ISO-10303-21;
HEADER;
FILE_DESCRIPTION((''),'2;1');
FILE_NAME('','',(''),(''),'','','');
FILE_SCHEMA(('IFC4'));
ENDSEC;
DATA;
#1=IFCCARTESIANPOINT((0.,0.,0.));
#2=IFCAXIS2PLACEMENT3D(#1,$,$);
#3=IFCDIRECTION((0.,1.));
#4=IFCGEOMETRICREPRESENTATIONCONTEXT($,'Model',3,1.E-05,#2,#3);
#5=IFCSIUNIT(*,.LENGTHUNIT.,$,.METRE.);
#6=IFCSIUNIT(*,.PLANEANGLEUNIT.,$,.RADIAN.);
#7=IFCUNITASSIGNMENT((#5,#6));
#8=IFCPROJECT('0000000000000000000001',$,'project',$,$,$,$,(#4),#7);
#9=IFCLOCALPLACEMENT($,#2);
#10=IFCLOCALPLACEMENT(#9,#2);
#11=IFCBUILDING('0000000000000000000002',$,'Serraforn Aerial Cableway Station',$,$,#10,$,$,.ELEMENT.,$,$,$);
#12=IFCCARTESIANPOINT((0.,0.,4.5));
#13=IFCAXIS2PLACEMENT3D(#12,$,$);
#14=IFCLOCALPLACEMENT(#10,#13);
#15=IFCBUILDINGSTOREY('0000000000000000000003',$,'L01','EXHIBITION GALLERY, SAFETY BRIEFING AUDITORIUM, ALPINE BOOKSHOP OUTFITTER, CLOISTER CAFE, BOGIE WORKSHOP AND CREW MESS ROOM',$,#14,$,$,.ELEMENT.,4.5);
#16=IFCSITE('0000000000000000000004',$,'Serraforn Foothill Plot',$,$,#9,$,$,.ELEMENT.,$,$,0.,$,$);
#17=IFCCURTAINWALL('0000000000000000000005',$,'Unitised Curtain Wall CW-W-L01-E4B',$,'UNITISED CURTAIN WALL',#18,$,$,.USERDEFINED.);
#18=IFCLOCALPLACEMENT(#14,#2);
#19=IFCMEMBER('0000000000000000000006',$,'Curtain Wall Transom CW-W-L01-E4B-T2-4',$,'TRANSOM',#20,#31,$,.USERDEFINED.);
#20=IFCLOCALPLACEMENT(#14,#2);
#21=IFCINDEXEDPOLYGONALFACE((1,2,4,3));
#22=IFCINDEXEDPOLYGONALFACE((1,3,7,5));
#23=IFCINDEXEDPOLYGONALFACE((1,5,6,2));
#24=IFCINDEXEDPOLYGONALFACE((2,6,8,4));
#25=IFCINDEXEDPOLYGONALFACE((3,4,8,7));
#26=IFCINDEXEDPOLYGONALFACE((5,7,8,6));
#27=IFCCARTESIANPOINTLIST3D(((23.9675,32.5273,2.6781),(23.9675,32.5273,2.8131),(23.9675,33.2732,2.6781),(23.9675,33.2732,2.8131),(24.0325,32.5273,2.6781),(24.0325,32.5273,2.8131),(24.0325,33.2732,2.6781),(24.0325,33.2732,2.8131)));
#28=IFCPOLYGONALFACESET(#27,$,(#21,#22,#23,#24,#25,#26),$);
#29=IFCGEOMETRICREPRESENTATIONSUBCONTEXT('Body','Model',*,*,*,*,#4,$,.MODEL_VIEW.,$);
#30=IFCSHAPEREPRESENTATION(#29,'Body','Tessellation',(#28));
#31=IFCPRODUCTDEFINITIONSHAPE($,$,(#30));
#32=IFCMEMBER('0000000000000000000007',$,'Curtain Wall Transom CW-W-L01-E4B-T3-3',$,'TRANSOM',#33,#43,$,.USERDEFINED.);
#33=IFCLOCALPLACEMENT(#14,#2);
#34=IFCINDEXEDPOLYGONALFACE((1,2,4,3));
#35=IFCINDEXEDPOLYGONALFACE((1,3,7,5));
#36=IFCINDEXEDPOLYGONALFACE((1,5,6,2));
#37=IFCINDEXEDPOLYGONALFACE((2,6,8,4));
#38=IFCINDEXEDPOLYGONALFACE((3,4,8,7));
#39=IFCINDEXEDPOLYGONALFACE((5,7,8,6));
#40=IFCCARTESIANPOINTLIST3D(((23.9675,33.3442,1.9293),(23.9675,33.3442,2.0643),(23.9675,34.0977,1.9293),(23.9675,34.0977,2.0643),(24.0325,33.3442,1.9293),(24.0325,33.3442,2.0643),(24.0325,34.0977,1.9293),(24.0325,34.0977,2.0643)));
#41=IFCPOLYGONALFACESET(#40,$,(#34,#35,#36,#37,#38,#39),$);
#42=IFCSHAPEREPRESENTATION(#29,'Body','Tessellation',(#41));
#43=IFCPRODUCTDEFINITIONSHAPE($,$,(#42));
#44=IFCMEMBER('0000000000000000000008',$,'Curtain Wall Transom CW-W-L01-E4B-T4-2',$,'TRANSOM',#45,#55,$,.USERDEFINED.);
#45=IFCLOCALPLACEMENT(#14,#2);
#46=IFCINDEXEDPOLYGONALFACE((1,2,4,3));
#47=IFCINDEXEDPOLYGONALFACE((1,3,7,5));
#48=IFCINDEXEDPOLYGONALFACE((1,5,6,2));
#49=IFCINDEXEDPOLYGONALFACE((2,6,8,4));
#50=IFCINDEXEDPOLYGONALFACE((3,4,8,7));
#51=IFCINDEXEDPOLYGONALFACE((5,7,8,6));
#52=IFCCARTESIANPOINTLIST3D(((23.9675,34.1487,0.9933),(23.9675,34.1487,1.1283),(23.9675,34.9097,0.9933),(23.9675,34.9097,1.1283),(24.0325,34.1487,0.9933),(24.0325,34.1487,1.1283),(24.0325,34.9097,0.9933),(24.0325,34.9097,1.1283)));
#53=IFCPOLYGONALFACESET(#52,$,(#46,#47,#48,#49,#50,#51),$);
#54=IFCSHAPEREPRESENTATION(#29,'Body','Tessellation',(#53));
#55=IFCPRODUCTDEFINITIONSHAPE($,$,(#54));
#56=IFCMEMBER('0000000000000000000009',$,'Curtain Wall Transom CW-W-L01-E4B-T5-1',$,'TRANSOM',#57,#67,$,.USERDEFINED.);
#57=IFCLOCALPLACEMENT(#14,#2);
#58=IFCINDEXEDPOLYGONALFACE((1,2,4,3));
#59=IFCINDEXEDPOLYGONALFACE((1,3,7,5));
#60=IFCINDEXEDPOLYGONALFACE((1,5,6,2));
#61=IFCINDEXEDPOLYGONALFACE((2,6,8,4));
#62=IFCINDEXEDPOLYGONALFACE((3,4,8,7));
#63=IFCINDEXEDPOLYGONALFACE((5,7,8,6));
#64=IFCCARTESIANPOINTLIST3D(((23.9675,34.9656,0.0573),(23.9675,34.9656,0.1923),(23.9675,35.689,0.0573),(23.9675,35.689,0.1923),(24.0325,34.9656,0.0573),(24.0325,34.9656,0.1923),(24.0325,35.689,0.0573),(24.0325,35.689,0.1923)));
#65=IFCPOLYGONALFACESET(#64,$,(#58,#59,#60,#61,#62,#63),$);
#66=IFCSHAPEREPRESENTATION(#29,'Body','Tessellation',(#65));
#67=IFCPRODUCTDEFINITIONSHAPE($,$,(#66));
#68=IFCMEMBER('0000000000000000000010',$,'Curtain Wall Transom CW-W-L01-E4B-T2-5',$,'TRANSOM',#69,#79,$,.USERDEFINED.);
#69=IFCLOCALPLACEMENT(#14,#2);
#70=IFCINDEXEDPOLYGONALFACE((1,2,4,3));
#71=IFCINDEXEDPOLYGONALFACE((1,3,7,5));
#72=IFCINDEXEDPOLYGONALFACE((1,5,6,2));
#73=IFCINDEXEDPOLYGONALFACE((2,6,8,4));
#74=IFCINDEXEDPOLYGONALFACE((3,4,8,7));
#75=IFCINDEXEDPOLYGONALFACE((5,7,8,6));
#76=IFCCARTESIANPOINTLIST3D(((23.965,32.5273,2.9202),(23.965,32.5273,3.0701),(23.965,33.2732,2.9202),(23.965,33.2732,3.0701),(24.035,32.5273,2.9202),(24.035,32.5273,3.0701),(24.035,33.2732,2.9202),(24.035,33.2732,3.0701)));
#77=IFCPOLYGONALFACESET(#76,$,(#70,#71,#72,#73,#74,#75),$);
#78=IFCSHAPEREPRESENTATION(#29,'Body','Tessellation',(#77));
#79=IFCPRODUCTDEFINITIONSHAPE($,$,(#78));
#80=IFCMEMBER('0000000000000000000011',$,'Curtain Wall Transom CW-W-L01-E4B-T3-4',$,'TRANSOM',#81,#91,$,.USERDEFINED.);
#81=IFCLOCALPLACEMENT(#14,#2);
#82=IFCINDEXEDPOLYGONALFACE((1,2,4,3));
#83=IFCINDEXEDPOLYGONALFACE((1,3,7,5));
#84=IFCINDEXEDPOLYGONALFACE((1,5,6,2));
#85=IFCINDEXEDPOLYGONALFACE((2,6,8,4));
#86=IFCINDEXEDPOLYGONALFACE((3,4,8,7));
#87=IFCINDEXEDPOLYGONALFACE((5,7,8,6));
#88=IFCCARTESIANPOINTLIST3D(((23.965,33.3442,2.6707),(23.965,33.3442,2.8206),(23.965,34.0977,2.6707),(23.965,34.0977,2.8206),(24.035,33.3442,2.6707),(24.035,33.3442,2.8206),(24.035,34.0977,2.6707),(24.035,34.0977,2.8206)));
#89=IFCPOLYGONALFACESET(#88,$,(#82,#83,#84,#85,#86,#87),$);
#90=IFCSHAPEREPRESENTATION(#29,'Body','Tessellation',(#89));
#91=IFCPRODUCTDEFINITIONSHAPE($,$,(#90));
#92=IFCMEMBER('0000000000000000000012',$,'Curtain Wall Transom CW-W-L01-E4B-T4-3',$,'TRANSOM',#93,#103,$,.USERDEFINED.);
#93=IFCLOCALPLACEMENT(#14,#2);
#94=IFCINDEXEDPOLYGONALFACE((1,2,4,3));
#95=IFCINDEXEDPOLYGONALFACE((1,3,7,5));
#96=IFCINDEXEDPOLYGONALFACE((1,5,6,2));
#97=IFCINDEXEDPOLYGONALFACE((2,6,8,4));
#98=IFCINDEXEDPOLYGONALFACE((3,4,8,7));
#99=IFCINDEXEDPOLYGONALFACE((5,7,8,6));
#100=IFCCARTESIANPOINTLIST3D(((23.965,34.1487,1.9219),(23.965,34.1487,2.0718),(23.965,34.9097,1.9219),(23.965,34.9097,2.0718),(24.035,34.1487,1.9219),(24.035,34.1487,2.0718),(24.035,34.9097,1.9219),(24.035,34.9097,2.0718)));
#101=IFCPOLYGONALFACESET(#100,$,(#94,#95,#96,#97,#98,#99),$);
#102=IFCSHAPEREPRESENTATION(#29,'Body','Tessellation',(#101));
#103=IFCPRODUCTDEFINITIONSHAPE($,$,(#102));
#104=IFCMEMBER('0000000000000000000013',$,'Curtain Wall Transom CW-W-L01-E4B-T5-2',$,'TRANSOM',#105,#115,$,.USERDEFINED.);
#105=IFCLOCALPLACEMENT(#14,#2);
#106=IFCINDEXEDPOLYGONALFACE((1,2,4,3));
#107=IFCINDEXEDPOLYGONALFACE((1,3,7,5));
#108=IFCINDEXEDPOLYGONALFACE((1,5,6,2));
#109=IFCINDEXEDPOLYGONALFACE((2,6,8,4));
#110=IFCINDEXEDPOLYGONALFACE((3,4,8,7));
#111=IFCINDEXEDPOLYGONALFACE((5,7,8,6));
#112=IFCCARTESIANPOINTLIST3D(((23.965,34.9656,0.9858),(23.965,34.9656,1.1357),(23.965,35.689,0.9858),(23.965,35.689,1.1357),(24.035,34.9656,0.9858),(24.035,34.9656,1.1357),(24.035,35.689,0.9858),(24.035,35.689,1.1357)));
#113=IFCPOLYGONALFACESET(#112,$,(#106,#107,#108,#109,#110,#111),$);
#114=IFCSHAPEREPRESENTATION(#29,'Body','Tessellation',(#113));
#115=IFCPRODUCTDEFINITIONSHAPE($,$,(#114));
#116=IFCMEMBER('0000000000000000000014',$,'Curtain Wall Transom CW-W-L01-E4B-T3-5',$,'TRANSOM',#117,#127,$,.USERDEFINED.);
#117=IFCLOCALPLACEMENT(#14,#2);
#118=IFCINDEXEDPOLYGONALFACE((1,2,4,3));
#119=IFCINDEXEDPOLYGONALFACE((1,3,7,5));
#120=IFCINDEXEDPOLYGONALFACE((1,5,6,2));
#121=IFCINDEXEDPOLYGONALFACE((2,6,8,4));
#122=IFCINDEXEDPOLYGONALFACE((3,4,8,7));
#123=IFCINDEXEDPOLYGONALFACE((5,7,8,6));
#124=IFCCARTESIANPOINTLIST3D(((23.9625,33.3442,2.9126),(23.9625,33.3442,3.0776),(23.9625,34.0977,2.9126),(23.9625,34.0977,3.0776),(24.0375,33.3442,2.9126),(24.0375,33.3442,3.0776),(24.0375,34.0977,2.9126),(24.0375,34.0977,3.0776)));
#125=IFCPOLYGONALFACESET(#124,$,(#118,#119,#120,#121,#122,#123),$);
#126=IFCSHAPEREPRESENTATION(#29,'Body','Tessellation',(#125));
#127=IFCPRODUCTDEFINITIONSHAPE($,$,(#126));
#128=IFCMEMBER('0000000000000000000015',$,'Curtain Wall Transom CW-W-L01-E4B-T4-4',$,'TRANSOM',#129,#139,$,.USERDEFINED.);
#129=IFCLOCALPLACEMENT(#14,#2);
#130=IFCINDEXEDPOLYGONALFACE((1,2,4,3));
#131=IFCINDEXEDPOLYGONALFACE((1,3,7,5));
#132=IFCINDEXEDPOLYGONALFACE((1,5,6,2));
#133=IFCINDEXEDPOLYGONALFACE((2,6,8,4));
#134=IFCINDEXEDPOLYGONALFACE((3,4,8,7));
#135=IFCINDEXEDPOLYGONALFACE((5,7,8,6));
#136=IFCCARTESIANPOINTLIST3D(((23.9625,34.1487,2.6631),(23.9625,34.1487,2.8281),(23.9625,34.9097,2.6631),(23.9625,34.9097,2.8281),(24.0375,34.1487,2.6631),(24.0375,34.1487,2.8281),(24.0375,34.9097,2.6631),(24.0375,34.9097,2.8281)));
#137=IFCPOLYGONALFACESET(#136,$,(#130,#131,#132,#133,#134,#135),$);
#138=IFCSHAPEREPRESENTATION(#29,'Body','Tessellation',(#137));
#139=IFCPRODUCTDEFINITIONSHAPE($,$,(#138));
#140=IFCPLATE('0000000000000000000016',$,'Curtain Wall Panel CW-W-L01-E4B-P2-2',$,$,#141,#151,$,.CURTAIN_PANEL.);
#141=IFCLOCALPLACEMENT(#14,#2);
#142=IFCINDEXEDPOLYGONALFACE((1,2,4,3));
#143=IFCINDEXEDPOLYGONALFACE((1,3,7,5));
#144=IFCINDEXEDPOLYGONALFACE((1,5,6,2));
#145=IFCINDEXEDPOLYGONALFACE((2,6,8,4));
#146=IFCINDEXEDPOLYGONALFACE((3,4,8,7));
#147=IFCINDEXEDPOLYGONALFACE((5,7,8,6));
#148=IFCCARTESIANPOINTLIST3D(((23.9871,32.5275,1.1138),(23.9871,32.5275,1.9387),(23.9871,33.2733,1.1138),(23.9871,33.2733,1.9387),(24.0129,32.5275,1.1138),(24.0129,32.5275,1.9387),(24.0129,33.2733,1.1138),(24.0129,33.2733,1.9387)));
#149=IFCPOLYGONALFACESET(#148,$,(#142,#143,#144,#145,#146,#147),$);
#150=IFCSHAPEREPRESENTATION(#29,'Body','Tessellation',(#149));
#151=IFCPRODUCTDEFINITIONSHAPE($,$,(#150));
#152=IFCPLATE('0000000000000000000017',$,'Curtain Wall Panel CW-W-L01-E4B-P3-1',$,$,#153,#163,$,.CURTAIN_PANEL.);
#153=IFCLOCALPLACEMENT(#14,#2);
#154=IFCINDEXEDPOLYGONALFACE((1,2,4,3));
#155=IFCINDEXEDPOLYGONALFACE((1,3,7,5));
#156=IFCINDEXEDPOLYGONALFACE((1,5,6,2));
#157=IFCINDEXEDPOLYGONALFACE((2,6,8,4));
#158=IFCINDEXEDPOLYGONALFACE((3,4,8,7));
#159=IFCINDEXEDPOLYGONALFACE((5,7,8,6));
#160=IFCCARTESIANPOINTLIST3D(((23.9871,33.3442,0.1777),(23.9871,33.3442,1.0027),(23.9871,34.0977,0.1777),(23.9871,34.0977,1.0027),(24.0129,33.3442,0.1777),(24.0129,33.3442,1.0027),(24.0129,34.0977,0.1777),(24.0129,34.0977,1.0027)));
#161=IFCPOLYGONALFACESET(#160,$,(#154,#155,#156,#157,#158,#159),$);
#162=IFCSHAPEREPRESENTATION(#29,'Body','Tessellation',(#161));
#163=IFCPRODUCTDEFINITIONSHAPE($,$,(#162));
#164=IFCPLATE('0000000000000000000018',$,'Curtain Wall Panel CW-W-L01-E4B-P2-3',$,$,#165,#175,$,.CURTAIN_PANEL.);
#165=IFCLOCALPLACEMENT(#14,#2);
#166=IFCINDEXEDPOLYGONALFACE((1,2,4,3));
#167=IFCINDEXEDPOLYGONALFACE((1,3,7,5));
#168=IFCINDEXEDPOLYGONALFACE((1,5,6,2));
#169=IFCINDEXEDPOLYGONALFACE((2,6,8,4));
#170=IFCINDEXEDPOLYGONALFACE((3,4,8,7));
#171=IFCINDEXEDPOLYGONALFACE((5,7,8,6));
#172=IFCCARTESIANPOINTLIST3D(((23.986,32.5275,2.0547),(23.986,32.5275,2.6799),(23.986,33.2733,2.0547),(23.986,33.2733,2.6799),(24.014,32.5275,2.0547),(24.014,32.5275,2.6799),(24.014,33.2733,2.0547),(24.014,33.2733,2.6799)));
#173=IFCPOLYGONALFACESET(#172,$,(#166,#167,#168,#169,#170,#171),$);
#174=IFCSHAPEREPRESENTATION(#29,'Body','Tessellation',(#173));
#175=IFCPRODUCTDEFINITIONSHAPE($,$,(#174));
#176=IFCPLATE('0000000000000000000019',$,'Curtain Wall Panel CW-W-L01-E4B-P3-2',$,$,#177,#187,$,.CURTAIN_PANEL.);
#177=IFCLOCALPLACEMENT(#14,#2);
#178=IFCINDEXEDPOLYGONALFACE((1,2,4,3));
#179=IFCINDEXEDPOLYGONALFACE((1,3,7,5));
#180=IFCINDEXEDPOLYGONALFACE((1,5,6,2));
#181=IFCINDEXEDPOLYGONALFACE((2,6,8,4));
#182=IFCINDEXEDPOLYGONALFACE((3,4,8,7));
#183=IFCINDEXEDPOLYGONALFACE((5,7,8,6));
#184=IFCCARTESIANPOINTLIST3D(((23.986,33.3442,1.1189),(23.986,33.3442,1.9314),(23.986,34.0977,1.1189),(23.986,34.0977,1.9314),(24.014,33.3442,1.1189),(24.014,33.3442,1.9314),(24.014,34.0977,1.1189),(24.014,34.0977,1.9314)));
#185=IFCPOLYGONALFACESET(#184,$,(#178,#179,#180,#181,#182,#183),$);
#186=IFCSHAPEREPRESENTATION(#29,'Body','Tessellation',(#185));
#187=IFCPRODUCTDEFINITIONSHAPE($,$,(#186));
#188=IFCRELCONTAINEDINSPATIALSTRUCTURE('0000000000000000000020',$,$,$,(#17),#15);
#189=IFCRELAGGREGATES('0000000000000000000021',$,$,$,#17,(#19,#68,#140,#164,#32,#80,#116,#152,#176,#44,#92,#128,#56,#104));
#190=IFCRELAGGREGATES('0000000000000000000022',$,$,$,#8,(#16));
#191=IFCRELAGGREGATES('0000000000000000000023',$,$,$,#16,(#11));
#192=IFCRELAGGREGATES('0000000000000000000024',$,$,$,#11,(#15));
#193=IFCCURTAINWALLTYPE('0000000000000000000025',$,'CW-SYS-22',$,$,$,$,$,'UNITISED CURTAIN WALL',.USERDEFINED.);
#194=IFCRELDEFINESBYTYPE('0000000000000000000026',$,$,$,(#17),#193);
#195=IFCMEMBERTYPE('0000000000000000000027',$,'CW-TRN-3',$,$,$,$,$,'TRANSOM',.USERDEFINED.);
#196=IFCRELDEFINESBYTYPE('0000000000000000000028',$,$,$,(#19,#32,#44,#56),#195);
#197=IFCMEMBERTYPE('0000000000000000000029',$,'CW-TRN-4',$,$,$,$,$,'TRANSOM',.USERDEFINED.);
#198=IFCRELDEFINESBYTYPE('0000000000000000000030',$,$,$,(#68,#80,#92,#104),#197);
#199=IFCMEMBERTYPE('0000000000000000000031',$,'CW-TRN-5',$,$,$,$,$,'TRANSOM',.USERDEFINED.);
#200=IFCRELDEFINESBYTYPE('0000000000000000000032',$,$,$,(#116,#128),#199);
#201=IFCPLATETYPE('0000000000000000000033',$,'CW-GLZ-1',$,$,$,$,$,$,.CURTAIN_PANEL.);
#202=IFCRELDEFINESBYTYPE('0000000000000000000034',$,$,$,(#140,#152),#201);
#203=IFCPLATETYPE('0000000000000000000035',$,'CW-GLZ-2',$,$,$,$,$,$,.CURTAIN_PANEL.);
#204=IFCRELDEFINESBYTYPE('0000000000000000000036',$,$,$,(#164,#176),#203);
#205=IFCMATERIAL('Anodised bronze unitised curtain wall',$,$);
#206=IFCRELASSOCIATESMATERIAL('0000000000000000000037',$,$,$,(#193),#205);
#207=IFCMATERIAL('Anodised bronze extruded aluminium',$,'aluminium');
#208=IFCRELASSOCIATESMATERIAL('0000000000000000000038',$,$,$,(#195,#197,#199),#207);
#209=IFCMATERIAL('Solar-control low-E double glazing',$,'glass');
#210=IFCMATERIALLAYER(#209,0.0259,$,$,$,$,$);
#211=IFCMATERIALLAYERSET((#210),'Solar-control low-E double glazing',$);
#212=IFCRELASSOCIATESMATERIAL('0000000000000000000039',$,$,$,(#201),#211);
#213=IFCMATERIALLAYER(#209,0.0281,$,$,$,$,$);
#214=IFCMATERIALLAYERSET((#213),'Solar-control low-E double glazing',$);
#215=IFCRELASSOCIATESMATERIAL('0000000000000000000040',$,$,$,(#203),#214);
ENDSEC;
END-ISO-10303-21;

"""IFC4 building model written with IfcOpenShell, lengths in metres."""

from ifc_helpers import new_model, si_unit, direction, frame, origin, origin_2d, place, context, subcontext, project, spatial, rectangle, extrude, material, layer, layer_set, material_profile, profile_set, type_object, element, aggregate, save


model = new_model("IFC4")

# Units and contexts
model_context = context("Model", 3, precision=1e-05, world=origin(), true_north=direction((0.0, 1.0)))
body_context = subcontext(model_context, "Body", "Model", "MODEL_VIEW")
ifc_project = project(units=[si_unit("LENGTHUNIT", "METRE"), si_unit("PLANEANGLEUNIT", "RADIAN")], contexts=[model_context])

# Site, building, storey
site_placement = place(None, origin())
site = spatial("IfcSite", under=ifc_project, at=site_placement, Name="Serraforn Foothill Plot", CompositionType="ELEMENT", RefElevation=0.0)
building_placement = place(site_placement, origin())
building = spatial("IfcBuilding", under=site, at=building_placement, Name="Serraforn Aerial Cableway Station", CompositionType="ELEMENT")
storey_placement = place(building_placement, frame((0.0, 0.0, 4.5)))
storey = spatial("IfcBuildingStorey", under=building, at=storey_placement, Name="L01", Description="EXHIBITION GALLERY, SAFETY BRIEFING AUDITORIUM, ALPINE BOOKSHOP OUTFITTER, CLOISTER CAFE, BOGIE WORKSHOP AND CREW MESS ROOM", CompositionType="ELEMENT", Elevation=4.5)

# Curtain wall, members, plates
ifc_material_1 = material(Name="Anodised bronze unitised curtain wall")
curtain_wall_type = type_object("IfcCurtainWallType", Name="CW-SYS-22", ElementType="UNITISED CURTAIN WALL", PredefinedType="USERDEFINED", material=ifc_material_1)
curtain_wall_placement = place(storey_placement, origin())
curtain_wall = element("IfcCurtainWall", 1, at=curtain_wall_placement, inside=storey, type_object=curtain_wall_type, Name="Unitised Curtain Wall CW-W-L01-E4B", ObjectType="UNITISED CURTAIN WALL", PredefinedType="USERDEFINED")
ifc_material_2 = material(Name="Anodised bronze extruded aluminium", Category="aluminium")
ifc_material_profile_1 = material_profile(ifc_material_2, rectangle(XDim=0.0649, YDim=0.135, at=origin_2d()), Name="CW TRANSOM 65x135")
ifc_profile_set_1 = profile_set([ifc_material_profile_1], Name="Anodised bronze extruded aluminium")
member_type_1 = type_object("IfcMemberType", Name="CW-TRN-3", ElementType="TRANSOM", PredefinedType="USERDEFINED", material=ifc_profile_set_1)
member_1_placement = place(storey_placement, frame((24.0, 32.5273, 2.7456), z_axis=(0.0, 1.0, 0.0), x_axis=(-1.0, 0.0, 0.0)))
member_1 = element("IfcMember", 2, at=member_1_placement, type_object=member_type_1, Name="Curtain Wall Transom CW-W-L01-E4B-T2-4", ObjectType="TRANSOM", PredefinedType="USERDEFINED", context=body_context, shape_type="SweptSolid", body=[
    extrude(rectangle(XDim=0.0649, YDim=0.135, at=origin_2d()), origin(), (0.0, 0.0, 1.0), 0.7458),
])
member_2_placement = place(storey_placement, frame((24.0, 33.3442, 1.9968), z_axis=(0.0, 1.0, 0.0), x_axis=(-1.0, 0.0, 0.0)))
member_2 = element("IfcMember", 3, at=member_2_placement, type_object=member_type_1, Name="Curtain Wall Transom CW-W-L01-E4B-T3-3", ObjectType="TRANSOM", PredefinedType="USERDEFINED", context=body_context, shape_type="SweptSolid", body=[
    extrude(rectangle(XDim=0.0649, YDim=0.135, at=origin_2d()), origin(), (0.0, 0.0, 1.0), 0.7534),
])
member_3_placement = place(storey_placement, frame((24.0, 34.1487, 1.0608), z_axis=(0.0, 1.0, 0.0), x_axis=(-1.0, 0.0, 0.0)))
member_3 = element("IfcMember", 4, at=member_3_placement, type_object=member_type_1, Name="Curtain Wall Transom CW-W-L01-E4B-T4-2", ObjectType="TRANSOM", PredefinedType="USERDEFINED", context=body_context, shape_type="SweptSolid", body=[
    extrude(rectangle(XDim=0.0649, YDim=0.135, at=origin_2d()), origin(), (0.0, 0.0, 1.0), 0.761),
])
member_4_placement = place(storey_placement, frame((24.0, 34.9656, 0.1248), z_axis=(0.0, 1.0, 0.0), x_axis=(-1.0, 0.0, 0.0)))
member_4 = element("IfcMember", 5, at=member_4_placement, type_object=member_type_1, Name="Curtain Wall Transom CW-W-L01-E4B-T5-1", ObjectType="TRANSOM", PredefinedType="USERDEFINED", context=body_context, shape_type="SweptSolid", body=[
    extrude(rectangle(XDim=0.0649, YDim=0.135, at=origin_2d()), origin(), (0.0, 0.0, 1.0), 0.7234),
])
ifc_material_profile_2 = material_profile(ifc_material_2, rectangle(XDim=0.0701, YDim=0.1499, at=origin_2d()), Name="CW TRANSOM 70x150")
ifc_profile_set_2 = profile_set([ifc_material_profile_2], Name="Anodised bronze extruded aluminium")
member_type_2 = type_object("IfcMemberType", Name="CW-TRN-4", ElementType="TRANSOM", PredefinedType="USERDEFINED", material=ifc_profile_set_2)
member_5_placement = place(storey_placement, frame((24.0, 32.5273, 2.9951), z_axis=(0.0, 1.0, 0.0), x_axis=(-1.0, 0.0, 0.0)))
member_5 = element("IfcMember", 6, at=member_5_placement, type_object=member_type_2, Name="Curtain Wall Transom CW-W-L01-E4B-T2-5", ObjectType="TRANSOM", PredefinedType="USERDEFINED", context=body_context, shape_type="SweptSolid", body=[
    extrude(rectangle(XDim=0.0701, YDim=0.1499, at=origin_2d()), origin(), (0.0, 0.0, 1.0), 0.7458),
])
member_6_placement = place(storey_placement, frame((24.0, 33.3442, 2.7456), z_axis=(0.0, 1.0, 0.0), x_axis=(-1.0, 0.0, 0.0)))
member_6 = element("IfcMember", 7, at=member_6_placement, type_object=member_type_2, Name="Curtain Wall Transom CW-W-L01-E4B-T3-4", ObjectType="TRANSOM", PredefinedType="USERDEFINED", context=body_context, shape_type="SweptSolid", body=[
    extrude(rectangle(XDim=0.0701, YDim=0.1499, at=origin_2d()), origin(), (0.0, 0.0, 1.0), 0.7534),
])
member_7_placement = place(storey_placement, frame((24.0, 34.1487, 1.9968), z_axis=(0.0, 1.0, 0.0), x_axis=(-1.0, 0.0, 0.0)))
member_7 = element("IfcMember", 8, at=member_7_placement, type_object=member_type_2, Name="Curtain Wall Transom CW-W-L01-E4B-T4-3", ObjectType="TRANSOM", PredefinedType="USERDEFINED", context=body_context, shape_type="SweptSolid", body=[
    extrude(rectangle(XDim=0.0701, YDim=0.1499, at=origin_2d()), origin(), (0.0, 0.0, 1.0), 0.761),
])
member_8_placement = place(storey_placement, frame((24.0, 34.9656, 1.0608), z_axis=(0.0, 1.0, 0.0), x_axis=(-1.0, 0.0, 0.0)))
member_8 = element("IfcMember", 9, at=member_8_placement, type_object=member_type_2, Name="Curtain Wall Transom CW-W-L01-E4B-T5-2", ObjectType="TRANSOM", PredefinedType="USERDEFINED", context=body_context, shape_type="SweptSolid", body=[
    extrude(rectangle(XDim=0.0701, YDim=0.1499, at=origin_2d()), origin(), (0.0, 0.0, 1.0), 0.7234),
])
ifc_material_profile_3 = material_profile(ifc_material_2, rectangle(XDim=0.075, YDim=0.165, at=origin_2d()), Name="CW TRANSOM 75x165")
ifc_profile_set_3 = profile_set([ifc_material_profile_3], Name="Anodised bronze extruded aluminium")
member_type_3 = type_object("IfcMemberType", Name="CW-TRN-5", ElementType="TRANSOM", PredefinedType="USERDEFINED", material=ifc_profile_set_3)
member_9_placement = place(storey_placement, frame((24.0, 33.3442, 2.9951), z_axis=(0.0, 1.0, 0.0), x_axis=(-1.0, 0.0, 0.0)))
member_9 = element("IfcMember", 10, at=member_9_placement, type_object=member_type_3, Name="Curtain Wall Transom CW-W-L01-E4B-T3-5", ObjectType="TRANSOM", PredefinedType="USERDEFINED", context=body_context, shape_type="SweptSolid", body=[
    extrude(rectangle(XDim=0.075, YDim=0.165, at=origin_2d()), origin(), (0.0, 0.0, 1.0), 0.7534),
])
member_10_placement = place(storey_placement, frame((24.0, 34.1487, 2.7456), z_axis=(0.0, 1.0, 0.0), x_axis=(-1.0, 0.0, 0.0)))
member_10 = element("IfcMember", 11, at=member_10_placement, type_object=member_type_3, Name="Curtain Wall Transom CW-W-L01-E4B-T4-4", ObjectType="TRANSOM", PredefinedType="USERDEFINED", context=body_context, shape_type="SweptSolid", body=[
    extrude(rectangle(XDim=0.075, YDim=0.165, at=origin_2d()), origin(), (0.0, 0.0, 1.0), 0.761),
])
ifc_material_3 = material(Name="Solar-control low-E double glazing", Category="glass")
ifc_layer_1 = layer(ifc_material_3, 0.0259)
ifc_layer_set_1 = layer_set([ifc_layer_1], Name="Solar-control low-E double glazing")
plate_type_1 = type_object("IfcPlateType", Name="CW-GLZ-1", PredefinedType="CURTAIN_PANEL", material=ifc_layer_set_1)
plate_1_placement = place(storey_placement, frame((24.0, 32.9004, 1.1138), z_axis=(0.0, 0.0, 1.0), x_axis=(1.0, 0.0, 0.0)))
plate_1 = element("IfcPlate", 12, at=plate_1_placement, type_object=plate_type_1, Name="Curtain Wall Panel CW-W-L01-E4B-P2-2", PredefinedType="CURTAIN_PANEL", context=body_context, shape_type="SweptSolid", body=[
    extrude(rectangle(XDim=0.0259, YDim=0.7458, at=origin_2d()), origin(), (0.0, 0.0, 1.0), 0.825),
])
plate_2_placement = place(storey_placement, frame((24.0, 33.7209, 0.1777), z_axis=(0.0, 0.0, 1.0), x_axis=(1.0, 0.0, 0.0)))
plate_2 = element("IfcPlate", 13, at=plate_2_placement, type_object=plate_type_1, Name="Curtain Wall Panel CW-W-L01-E4B-P3-1", PredefinedType="CURTAIN_PANEL", context=body_context, shape_type="SweptSolid", body=[
    extrude(rectangle(XDim=0.0259, YDim=0.7534, at=origin_2d()), origin(), (0.0, 0.0, 1.0), 0.825),
])
ifc_layer_2 = layer(ifc_material_3, 0.0281)
ifc_layer_set_2 = layer_set([ifc_layer_2], Name="Solar-control low-E double glazing")
plate_type_2 = type_object("IfcPlateType", Name="CW-GLZ-2", PredefinedType="CURTAIN_PANEL", material=ifc_layer_set_2)
plate_3_placement = place(storey_placement, frame((24.0, 32.9004, 2.0547), z_axis=(0.0, 0.0, 1.0), x_axis=(1.0, 0.0, 0.0)))
plate_3 = element("IfcPlate", 14, at=plate_3_placement, type_object=plate_type_2, Name="Curtain Wall Panel CW-W-L01-E4B-P2-3", PredefinedType="CURTAIN_PANEL", context=body_context, shape_type="SweptSolid", body=[
    extrude(rectangle(XDim=0.0281, YDim=0.7458, at=origin_2d()), origin(), (0.0, 0.0, 1.0), 0.6252),
])
plate_4_placement = place(storey_placement, frame((24.0, 33.7209, 1.1189), z_axis=(0.0, 0.0, 1.0), x_axis=(1.0, 0.0, 0.0)))
plate_4 = element("IfcPlate", 15, at=plate_4_placement, type_object=plate_type_2, Name="Curtain Wall Panel CW-W-L01-E4B-P3-2", PredefinedType="CURTAIN_PANEL", context=body_context, shape_type="SweptSolid", body=[
    extrude(rectangle(XDim=0.0281, YDim=0.7534, at=origin_2d()), origin(), (0.0, 0.0, 1.0), 0.8125),
])
aggregate(curtain_wall, [member_1, member_5, plate_1, plate_3, member_2, member_6, member_9, plate_2, plate_4, member_3, member_7, member_10, member_4, member_8])

save(model, "model.ifc")
